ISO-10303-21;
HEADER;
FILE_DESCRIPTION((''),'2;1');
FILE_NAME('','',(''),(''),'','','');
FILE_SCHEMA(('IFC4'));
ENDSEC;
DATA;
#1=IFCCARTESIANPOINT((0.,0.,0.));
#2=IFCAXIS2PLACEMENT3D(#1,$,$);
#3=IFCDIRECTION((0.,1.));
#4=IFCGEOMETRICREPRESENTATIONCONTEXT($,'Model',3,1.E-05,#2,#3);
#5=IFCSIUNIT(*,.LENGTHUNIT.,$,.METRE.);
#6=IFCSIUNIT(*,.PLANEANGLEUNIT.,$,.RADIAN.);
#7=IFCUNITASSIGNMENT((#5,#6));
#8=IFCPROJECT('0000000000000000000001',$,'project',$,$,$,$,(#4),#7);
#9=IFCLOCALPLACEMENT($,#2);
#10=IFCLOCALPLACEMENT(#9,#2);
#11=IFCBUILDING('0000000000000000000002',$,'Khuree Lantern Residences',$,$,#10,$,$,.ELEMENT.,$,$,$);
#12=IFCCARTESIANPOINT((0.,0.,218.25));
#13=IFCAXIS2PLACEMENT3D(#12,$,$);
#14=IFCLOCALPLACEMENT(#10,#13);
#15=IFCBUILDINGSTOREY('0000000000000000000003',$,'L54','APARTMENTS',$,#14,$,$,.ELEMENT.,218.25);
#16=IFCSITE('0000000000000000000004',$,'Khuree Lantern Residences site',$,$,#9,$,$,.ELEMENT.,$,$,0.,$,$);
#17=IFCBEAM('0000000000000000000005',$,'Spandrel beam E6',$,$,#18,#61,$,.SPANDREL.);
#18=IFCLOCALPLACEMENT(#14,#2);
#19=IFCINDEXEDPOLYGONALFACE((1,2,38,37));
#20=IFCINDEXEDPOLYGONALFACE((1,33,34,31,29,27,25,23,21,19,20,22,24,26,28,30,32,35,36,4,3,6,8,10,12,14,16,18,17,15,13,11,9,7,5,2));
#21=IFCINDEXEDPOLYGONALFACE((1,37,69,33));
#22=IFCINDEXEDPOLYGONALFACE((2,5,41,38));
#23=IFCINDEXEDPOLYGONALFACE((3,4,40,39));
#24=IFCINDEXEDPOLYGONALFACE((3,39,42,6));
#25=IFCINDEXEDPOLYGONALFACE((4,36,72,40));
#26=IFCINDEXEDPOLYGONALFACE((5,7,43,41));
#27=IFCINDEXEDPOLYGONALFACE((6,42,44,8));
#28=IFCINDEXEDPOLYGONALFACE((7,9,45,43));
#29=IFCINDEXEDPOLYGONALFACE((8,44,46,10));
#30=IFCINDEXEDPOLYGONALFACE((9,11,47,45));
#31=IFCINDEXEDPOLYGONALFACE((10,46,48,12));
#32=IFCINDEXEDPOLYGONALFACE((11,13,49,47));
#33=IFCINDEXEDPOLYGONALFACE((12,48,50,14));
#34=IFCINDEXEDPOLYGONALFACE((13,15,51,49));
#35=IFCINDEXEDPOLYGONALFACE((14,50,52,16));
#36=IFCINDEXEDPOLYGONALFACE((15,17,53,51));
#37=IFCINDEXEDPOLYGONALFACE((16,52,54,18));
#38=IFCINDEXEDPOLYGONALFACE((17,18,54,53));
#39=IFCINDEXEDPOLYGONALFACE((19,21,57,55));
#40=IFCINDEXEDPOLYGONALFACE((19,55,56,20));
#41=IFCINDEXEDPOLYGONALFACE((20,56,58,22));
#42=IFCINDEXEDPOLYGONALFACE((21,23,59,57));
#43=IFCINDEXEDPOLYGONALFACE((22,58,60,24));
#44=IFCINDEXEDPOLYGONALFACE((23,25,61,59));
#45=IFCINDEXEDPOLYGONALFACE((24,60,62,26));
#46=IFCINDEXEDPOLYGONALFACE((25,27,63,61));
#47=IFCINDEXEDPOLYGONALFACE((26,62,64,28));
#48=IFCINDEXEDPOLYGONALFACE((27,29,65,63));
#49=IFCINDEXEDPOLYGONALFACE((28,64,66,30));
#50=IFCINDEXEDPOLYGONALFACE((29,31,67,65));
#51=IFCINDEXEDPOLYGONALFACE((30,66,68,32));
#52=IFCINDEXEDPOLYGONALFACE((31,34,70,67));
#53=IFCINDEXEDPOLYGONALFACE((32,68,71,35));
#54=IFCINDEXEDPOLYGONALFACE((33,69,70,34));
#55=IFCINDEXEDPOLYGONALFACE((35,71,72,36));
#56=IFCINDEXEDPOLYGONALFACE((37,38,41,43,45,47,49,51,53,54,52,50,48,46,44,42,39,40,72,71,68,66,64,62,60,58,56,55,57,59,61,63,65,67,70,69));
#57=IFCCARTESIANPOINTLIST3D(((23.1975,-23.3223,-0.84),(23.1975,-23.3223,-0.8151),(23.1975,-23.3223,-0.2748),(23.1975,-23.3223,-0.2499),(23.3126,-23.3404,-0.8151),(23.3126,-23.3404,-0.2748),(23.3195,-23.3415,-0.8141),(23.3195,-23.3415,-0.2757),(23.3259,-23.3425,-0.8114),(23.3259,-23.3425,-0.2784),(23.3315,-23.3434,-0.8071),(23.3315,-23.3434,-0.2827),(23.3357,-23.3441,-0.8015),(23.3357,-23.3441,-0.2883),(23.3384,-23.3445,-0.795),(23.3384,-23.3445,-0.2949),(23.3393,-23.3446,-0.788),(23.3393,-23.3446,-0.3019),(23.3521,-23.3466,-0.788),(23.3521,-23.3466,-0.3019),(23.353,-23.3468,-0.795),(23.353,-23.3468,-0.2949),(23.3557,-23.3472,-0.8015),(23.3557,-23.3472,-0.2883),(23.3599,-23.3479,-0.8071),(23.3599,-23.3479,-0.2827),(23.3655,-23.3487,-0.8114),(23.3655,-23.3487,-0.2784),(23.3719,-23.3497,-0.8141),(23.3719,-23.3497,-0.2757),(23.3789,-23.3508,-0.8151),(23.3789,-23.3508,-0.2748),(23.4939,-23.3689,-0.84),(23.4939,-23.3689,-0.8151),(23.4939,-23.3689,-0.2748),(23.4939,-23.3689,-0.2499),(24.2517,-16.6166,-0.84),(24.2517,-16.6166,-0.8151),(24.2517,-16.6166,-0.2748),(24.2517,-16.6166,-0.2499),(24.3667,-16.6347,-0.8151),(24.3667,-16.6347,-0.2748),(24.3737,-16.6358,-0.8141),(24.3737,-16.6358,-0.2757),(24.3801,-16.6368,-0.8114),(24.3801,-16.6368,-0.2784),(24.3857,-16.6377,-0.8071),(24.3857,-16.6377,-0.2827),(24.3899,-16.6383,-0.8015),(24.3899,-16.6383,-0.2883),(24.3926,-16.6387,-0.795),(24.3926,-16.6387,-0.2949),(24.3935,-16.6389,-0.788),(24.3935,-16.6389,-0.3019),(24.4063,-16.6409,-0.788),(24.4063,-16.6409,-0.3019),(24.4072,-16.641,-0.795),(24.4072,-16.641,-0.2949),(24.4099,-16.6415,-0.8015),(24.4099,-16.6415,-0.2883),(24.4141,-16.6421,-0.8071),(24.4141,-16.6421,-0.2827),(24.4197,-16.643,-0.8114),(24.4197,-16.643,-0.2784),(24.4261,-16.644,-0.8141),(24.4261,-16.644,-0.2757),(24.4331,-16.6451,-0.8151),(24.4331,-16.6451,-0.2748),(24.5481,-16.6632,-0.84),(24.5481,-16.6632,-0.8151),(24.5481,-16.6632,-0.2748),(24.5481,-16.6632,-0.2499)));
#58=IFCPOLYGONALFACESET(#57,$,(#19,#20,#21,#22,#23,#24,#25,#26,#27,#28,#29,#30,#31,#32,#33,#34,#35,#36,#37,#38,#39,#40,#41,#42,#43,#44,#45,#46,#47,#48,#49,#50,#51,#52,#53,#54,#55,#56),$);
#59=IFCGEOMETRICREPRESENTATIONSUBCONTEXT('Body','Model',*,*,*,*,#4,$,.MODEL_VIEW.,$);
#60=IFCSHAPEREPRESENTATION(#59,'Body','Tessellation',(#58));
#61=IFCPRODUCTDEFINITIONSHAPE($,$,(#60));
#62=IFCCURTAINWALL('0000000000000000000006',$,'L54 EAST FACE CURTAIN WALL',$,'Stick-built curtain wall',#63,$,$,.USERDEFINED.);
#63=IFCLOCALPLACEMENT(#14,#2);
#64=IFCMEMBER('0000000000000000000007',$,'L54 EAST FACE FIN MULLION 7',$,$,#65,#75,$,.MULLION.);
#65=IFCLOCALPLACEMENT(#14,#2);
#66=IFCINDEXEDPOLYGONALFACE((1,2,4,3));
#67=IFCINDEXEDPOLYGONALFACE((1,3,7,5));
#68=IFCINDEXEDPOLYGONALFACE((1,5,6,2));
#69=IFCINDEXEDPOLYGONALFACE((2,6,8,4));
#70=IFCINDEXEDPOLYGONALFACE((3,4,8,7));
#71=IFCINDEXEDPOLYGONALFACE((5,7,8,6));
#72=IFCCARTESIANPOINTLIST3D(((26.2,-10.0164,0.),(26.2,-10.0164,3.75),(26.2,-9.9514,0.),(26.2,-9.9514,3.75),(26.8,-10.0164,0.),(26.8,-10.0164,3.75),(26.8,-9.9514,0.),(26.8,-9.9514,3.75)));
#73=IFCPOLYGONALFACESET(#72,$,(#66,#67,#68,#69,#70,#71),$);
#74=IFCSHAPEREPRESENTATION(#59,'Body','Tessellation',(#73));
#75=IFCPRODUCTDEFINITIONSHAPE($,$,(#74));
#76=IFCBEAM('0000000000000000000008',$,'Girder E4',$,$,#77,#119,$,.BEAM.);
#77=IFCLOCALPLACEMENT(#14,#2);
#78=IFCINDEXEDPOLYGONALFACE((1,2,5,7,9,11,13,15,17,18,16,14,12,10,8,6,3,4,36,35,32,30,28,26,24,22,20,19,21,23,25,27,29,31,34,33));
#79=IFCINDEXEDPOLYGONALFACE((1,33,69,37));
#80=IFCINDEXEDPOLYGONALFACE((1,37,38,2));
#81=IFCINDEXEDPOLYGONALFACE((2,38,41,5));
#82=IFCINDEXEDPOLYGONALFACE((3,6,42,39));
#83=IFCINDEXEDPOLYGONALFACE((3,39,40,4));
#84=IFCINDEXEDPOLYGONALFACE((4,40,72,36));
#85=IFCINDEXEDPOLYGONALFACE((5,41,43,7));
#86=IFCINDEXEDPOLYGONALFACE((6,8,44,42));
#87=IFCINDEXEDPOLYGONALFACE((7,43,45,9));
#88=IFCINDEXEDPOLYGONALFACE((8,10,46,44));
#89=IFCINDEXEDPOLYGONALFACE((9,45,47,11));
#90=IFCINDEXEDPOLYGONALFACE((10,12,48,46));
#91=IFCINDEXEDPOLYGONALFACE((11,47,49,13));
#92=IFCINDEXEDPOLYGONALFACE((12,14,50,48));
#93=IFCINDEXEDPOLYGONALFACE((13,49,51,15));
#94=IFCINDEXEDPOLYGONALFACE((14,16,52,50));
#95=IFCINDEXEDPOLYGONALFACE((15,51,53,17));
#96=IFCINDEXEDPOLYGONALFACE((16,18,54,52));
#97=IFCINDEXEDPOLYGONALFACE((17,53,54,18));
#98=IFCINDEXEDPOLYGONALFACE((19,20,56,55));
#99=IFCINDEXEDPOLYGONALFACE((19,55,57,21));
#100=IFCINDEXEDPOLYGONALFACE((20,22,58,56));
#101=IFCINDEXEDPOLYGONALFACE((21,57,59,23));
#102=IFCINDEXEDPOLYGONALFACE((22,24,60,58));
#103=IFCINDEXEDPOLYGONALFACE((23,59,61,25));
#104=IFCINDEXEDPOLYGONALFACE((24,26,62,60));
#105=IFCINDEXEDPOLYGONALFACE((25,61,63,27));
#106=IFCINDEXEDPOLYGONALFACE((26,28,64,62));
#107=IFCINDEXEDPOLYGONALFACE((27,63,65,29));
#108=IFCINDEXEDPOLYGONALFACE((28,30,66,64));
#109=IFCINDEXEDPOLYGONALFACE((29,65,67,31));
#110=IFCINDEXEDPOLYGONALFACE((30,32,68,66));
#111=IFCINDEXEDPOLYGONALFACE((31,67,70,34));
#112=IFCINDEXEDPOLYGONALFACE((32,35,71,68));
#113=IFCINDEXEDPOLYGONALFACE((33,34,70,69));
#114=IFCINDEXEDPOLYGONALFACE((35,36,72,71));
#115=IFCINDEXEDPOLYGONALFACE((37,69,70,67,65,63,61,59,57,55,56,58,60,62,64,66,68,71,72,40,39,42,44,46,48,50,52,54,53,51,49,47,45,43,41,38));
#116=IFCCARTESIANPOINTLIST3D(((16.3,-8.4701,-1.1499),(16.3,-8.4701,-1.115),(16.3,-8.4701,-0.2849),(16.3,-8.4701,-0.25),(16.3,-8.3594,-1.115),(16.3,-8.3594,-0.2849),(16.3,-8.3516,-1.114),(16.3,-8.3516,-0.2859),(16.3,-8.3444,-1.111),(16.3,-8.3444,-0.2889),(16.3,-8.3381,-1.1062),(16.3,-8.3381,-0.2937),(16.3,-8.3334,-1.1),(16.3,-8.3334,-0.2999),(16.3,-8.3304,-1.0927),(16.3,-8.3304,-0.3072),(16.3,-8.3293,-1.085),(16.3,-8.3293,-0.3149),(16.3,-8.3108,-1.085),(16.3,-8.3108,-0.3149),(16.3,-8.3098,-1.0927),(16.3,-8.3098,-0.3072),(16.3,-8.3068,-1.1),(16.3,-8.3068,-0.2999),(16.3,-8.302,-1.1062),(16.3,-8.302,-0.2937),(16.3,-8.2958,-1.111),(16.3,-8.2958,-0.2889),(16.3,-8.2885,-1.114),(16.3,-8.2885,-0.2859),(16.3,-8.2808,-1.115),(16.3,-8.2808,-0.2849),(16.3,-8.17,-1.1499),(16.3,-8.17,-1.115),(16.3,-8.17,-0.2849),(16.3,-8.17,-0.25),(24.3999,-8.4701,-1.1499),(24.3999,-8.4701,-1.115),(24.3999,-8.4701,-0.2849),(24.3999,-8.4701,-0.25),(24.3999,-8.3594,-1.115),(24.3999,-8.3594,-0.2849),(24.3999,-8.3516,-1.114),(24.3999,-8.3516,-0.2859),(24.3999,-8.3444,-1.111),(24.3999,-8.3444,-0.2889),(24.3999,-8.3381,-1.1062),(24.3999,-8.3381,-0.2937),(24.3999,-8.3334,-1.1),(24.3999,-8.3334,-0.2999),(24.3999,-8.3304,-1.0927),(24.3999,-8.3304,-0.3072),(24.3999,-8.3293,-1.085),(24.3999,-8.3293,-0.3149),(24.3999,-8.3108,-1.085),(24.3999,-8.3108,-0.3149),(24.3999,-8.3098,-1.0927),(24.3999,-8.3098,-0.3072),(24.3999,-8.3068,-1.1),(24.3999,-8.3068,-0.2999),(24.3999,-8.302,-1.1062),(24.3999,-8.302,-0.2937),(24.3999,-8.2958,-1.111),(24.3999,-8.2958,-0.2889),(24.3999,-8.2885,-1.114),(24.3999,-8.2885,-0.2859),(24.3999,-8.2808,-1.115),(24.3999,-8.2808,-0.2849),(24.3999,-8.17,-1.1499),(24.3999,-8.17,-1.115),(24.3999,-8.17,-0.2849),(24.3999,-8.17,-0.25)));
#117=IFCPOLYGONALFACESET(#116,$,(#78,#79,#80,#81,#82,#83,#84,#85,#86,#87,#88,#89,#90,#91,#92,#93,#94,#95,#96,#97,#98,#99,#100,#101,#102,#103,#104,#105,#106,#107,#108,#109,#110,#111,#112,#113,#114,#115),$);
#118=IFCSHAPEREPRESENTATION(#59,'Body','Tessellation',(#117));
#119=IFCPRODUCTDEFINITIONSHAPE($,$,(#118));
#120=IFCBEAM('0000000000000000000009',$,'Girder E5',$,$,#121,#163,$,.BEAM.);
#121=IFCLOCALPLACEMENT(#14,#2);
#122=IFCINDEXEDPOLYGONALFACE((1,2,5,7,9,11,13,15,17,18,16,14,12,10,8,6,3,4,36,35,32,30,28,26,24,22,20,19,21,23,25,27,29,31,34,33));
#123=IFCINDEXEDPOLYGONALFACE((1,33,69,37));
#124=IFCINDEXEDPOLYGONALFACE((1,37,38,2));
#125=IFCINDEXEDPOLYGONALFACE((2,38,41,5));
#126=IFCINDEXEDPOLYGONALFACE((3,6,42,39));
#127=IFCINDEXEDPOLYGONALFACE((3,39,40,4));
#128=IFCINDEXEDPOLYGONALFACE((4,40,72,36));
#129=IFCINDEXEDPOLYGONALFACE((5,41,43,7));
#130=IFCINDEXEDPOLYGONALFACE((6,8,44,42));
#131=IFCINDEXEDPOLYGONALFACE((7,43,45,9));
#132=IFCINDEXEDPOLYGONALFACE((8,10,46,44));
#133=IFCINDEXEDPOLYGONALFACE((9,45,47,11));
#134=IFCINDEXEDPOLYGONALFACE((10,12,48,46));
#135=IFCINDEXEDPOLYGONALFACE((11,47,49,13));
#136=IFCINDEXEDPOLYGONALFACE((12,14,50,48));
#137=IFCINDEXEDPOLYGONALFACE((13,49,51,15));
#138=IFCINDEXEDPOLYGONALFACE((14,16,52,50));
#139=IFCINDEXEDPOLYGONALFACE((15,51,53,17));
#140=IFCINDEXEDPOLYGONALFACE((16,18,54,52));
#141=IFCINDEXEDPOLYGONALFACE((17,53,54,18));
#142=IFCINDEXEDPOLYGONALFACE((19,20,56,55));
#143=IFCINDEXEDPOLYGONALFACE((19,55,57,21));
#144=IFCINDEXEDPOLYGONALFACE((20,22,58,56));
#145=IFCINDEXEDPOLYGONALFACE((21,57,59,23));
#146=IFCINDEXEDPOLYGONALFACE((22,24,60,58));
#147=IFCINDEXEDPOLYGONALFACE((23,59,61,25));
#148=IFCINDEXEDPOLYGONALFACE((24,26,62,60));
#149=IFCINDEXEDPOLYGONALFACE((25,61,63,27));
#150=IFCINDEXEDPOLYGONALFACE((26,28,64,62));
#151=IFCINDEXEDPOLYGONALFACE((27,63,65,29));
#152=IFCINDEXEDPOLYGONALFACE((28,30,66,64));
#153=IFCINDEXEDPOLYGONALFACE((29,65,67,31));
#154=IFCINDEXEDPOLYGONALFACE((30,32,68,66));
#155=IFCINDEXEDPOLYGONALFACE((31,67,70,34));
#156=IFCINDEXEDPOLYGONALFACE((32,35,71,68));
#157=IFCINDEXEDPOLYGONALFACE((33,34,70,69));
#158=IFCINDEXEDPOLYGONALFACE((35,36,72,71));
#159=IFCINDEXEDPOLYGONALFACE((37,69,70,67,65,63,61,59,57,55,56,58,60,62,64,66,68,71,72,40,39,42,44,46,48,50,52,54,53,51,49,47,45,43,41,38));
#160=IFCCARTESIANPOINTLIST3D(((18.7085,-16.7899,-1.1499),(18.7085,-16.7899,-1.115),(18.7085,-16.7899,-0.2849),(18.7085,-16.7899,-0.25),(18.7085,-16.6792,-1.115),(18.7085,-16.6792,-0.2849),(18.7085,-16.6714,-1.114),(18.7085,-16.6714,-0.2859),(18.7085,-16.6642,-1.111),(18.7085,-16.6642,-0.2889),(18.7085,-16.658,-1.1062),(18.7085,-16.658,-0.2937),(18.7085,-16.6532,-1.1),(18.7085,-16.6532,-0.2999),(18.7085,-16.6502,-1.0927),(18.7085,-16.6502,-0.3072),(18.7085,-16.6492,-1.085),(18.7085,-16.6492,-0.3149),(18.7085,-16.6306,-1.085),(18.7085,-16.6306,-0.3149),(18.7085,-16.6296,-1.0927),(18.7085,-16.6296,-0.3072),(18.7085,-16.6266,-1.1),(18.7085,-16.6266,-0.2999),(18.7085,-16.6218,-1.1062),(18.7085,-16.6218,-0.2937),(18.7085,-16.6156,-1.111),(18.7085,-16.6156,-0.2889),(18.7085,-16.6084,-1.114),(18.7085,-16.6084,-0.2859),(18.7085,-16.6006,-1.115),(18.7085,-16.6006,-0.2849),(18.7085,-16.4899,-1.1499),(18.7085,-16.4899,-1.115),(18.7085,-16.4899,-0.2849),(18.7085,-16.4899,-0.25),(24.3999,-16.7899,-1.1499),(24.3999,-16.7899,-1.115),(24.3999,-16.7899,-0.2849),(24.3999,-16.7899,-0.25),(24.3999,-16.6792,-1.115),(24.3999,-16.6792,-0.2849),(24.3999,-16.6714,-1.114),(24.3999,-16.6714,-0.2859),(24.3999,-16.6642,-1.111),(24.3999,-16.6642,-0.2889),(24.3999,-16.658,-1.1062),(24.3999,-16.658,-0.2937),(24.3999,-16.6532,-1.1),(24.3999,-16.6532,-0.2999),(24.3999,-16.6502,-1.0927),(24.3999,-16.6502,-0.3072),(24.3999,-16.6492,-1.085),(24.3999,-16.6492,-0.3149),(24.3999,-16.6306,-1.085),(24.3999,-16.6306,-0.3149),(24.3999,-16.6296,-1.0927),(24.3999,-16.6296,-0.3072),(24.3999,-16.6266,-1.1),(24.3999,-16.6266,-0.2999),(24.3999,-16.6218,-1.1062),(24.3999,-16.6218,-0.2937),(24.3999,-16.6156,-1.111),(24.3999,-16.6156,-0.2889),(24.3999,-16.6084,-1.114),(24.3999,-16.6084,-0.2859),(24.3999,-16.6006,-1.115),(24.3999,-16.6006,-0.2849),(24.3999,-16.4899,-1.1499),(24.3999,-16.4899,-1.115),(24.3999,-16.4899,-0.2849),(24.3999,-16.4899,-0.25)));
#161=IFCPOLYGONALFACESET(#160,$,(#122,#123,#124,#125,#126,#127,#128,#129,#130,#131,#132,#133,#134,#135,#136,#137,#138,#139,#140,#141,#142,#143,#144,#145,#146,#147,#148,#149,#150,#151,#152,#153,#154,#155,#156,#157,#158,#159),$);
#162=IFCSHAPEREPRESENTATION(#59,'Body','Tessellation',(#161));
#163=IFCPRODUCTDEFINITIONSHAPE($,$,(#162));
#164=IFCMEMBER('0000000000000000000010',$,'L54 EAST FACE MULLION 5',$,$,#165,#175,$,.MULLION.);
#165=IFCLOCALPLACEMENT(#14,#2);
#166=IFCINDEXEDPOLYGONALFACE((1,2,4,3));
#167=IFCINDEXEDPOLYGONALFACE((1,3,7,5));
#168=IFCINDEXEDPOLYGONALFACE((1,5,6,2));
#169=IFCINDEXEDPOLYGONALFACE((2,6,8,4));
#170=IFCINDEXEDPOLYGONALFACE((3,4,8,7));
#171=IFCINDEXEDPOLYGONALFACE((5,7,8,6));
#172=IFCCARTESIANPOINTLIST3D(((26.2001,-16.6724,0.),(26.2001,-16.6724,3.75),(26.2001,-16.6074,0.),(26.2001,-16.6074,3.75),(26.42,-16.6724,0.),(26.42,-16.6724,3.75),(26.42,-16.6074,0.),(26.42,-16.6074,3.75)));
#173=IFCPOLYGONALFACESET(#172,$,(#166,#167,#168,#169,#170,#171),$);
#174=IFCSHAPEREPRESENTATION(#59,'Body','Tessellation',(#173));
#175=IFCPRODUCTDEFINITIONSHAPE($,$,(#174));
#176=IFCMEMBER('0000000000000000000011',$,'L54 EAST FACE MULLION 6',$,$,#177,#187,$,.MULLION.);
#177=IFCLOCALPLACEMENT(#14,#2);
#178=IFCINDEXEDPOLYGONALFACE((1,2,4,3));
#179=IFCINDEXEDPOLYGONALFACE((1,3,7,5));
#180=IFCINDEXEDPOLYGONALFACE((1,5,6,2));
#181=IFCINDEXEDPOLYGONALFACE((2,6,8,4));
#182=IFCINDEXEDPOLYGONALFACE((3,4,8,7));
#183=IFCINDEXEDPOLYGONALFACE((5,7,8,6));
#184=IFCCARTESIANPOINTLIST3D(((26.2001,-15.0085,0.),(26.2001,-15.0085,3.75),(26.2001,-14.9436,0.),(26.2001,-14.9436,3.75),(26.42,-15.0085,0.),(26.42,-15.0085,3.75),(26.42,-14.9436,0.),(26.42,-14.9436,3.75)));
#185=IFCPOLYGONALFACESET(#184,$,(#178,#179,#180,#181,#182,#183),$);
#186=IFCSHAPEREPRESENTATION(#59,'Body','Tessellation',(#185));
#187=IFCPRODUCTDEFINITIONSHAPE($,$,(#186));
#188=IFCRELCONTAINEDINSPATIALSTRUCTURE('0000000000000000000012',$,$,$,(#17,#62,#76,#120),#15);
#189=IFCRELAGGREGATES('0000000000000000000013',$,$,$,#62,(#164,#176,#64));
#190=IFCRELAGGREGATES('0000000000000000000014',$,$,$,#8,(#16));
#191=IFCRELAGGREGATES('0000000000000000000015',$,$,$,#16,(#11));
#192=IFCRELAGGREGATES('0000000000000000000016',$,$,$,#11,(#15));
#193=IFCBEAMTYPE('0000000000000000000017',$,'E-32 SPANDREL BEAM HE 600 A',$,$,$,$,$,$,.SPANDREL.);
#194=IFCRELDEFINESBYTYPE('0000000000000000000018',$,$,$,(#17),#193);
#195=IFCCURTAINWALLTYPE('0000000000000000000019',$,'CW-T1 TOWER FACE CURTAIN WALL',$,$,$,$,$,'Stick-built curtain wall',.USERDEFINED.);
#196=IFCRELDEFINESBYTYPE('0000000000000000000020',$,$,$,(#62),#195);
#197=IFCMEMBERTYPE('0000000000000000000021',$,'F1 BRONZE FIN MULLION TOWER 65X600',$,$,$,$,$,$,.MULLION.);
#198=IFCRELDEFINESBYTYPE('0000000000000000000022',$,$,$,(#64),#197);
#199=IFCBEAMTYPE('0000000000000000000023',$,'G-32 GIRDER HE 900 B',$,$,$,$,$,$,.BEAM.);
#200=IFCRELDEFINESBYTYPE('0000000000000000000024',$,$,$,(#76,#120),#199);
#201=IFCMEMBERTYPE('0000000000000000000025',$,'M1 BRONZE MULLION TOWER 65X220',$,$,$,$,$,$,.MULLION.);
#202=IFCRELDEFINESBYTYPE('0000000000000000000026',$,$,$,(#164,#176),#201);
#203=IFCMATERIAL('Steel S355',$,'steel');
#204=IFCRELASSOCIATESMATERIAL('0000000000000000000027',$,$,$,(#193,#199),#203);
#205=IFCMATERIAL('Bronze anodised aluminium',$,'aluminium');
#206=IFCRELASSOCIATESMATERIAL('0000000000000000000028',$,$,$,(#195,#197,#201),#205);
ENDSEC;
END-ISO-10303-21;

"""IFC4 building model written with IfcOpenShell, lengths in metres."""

from ifc_helpers import new_model, si_unit, direction, frame, origin, origin_2d, place, context, subcontext, project, spatial, rectangle, i_section, extrude, material, material_profile, profile_set, type_object, element, aggregate, save


model = new_model("IFC4")

# Units and contexts
model_context = context("Model", 3, precision=1e-05, world=origin(), true_north=direction((0.0, 1.0)))
body_context = subcontext(model_context, "Body", "Model", "MODEL_VIEW")
ifc_project = project(units=[si_unit("LENGTHUNIT", "METRE"), si_unit("PLANEANGLEUNIT", "RADIAN")], contexts=[model_context])

# Site, building, storey
site_placement = place(None, origin())
site = spatial("IfcSite", under=ifc_project, at=site_placement, Name="Khuree Lantern Residences site", CompositionType="ELEMENT", RefElevation=0.0)
building_placement = place(site_placement, origin())
building = spatial("IfcBuilding", under=site, at=building_placement, Name="Khuree Lantern Residences", CompositionType="ELEMENT")
storey_placement = place(building_placement, frame((0.0, 0.0, 218.25)))
storey = spatial("IfcBuildingStorey", under=building, at=storey_placement, Name="L54", Description="APARTMENTS", CompositionType="ELEMENT", Elevation=218.25)

# Beam
ifc_material_1 = material(Name="Steel S355", Category="steel")
ifc_material_profile_1 = material_profile(ifc_material_1, i_section(OverallWidth=0.3, OverallDepth=0.5901, WebThickness=0.0129, FlangeThickness=0.0249, FilletRadius=0.0271, at=origin_2d()), Name="HE 600 A")
ifc_profile_set_1 = profile_set([ifc_material_profile_1], Name="Steel S355")
beam_type_1 = type_object("IfcBeamType", Name="E-32 SPANDREL BEAM HE 600 A", PredefinedType="SPANDREL", material=ifc_profile_set_1)
beam_1_placement = place(storey_placement, frame((24.3999, -16.6399, -0.5449), z_axis=(-0.1553, -0.987867, 0.0), x_axis=(0.987867, -0.1553, 0.0)))
element("IfcBeam", 1, at=beam_1_placement, inside=storey, type_object=beam_type_1, Name="Spandrel beam E6", PredefinedType="SPANDREL", context=body_context, shape_type="SweptSolid", body=[
    extrude(i_section(OverallWidth=0.3, OverallDepth=0.5901, WebThickness=0.0129, FlangeThickness=0.0249, FilletRadius=0.0271, at=origin_2d()), origin(), (0.0, 0.0, 1.0), 6.7881),
])

# Curtain wall, member
ifc_material_2 = material(Name="Bronze anodised aluminium", Category="aluminium")
curtain_wall_type = type_object("IfcCurtainWallType", Name="CW-T1 TOWER FACE CURTAIN WALL", ElementType="Stick-built curtain wall", PredefinedType="USERDEFINED", material=ifc_material_2)
curtain_wall_placement = place(storey_placement, origin())
curtain_wall = element("IfcCurtainWall", 2, at=curtain_wall_placement, inside=storey, type_object=curtain_wall_type, Name="L54 EAST FACE CURTAIN WALL", ObjectType="Stick-built curtain wall", PredefinedType="USERDEFINED")
ifc_material_profile_2 = material_profile(ifc_material_2, rectangle(XDim=0.0649, YDim=0.6001, at=origin_2d()), Name="F1 65X600")
ifc_profile_set_2 = profile_set([ifc_material_profile_2], Name="Bronze anodised aluminium")
member_type_1 = type_object("IfcMemberType", Name="F1 BRONZE FIN MULLION TOWER 65X600", PredefinedType="MULLION", material=ifc_profile_set_2)
member_1_placement = place(storey_placement, frame((26.5, -9.9839, 0.0), z_axis=(0.0, 0.0, 1.0), x_axis=(0.0, 1.0, 0.0)))
member_1 = element("IfcMember", 3, at=member_1_placement, type_object=member_type_1, Name="L54 EAST FACE FIN MULLION 7", PredefinedType="MULLION", context=body_context, shape_type="SweptSolid", body=[
    extrude(rectangle(XDim=0.0649, YDim=0.6001, at=origin_2d()), origin(), (0.0, 0.0, 1.0), 3.75),
])

# Beams
ifc_material_profile_3 = material_profile(ifc_material_1, i_section(OverallWidth=0.3, OverallDepth=0.8999, WebThickness=0.0186, FlangeThickness=0.0349, FilletRadius=0.03, at=origin_2d()), Name="HE 900 B")
ifc_profile_set_3 = profile_set([ifc_material_profile_3], Name="Steel S355")
beam_type_2 = type_object("IfcBeamType", Name="G-32 GIRDER HE 900 B", PredefinedType="BEAM", material=ifc_profile_set_3)
beam_2_placement = place(storey_placement, frame((24.3999, -8.3201, -0.7), z_axis=(-1.0, 0.0, 0.0), x_axis=(0.0, -1.0, 0.0)))
element("IfcBeam", 4, at=beam_2_placement, inside=storey, type_object=beam_type_2, Name="Girder E4", PredefinedType="BEAM", context=body_context, shape_type="SweptSolid", body=[
    extrude(i_section(OverallWidth=0.3, OverallDepth=0.8999, WebThickness=0.0186, FlangeThickness=0.0349, FilletRadius=0.03, at=origin_2d()), origin(), (0.0, 0.0, 1.0), 8.0999),
])
beam_3_placement = place(storey_placement, frame((24.3999, -16.6399, -0.7), z_axis=(-1.0, 0.0, 0.0), x_axis=(0.0, -1.0, 0.0)))
element("IfcBeam", 5, at=beam_3_placement, inside=storey, type_object=beam_type_2, Name="Girder E5", PredefinedType="BEAM", context=body_context, shape_type="SweptSolid", body=[
    extrude(i_section(OverallWidth=0.3, OverallDepth=0.8999, WebThickness=0.0186, FlangeThickness=0.0349, FilletRadius=0.03, at=origin_2d()), origin(), (0.0, 0.0, 1.0), 5.6914),
])

# Members
ifc_material_profile_4 = material_profile(ifc_material_2, rectangle(XDim=0.0649, YDim=0.22, at=origin_2d()), Name="M1 65X220")
ifc_profile_set_4 = profile_set([ifc_material_profile_4], Name="Bronze anodised aluminium")
member_type_2 = type_object("IfcMemberType", Name="M1 BRONZE MULLION TOWER 65X220", PredefinedType="MULLION", material=ifc_profile_set_4)
member_2_placement = place(storey_placement, frame((26.3101, -16.6399, 0.0), z_axis=(0.0, 0.0, 1.0), x_axis=(0.0, 1.0, 0.0)))
member_2 = element("IfcMember", 6, at=member_2_placement, type_object=member_type_2, Name="L54 EAST FACE MULLION 5", PredefinedType="MULLION", context=body_context, shape_type="SweptSolid", body=[
    extrude(rectangle(XDim=0.0649, YDim=0.22, at=origin_2d()), origin(), (0.0, 0.0, 1.0), 3.75),
])
member_3_placement = place(storey_placement, frame((26.3101, -14.9761, 0.0), z_axis=(0.0, 0.0, 1.0), x_axis=(0.0, 1.0, 0.0)))
member_3 = element("IfcMember", 7, at=member_3_placement, type_object=member_type_2, Name="L54 EAST FACE MULLION 6", PredefinedType="MULLION", context=body_context, shape_type="SweptSolid", body=[
    extrude(rectangle(XDim=0.0649, YDim=0.22, at=origin_2d()), origin(), (0.0, 0.0, 1.0), 3.75),
])

aggregate(curtain_wall, [member_2, member_3, member_1])

save(model, "model.ifc")
